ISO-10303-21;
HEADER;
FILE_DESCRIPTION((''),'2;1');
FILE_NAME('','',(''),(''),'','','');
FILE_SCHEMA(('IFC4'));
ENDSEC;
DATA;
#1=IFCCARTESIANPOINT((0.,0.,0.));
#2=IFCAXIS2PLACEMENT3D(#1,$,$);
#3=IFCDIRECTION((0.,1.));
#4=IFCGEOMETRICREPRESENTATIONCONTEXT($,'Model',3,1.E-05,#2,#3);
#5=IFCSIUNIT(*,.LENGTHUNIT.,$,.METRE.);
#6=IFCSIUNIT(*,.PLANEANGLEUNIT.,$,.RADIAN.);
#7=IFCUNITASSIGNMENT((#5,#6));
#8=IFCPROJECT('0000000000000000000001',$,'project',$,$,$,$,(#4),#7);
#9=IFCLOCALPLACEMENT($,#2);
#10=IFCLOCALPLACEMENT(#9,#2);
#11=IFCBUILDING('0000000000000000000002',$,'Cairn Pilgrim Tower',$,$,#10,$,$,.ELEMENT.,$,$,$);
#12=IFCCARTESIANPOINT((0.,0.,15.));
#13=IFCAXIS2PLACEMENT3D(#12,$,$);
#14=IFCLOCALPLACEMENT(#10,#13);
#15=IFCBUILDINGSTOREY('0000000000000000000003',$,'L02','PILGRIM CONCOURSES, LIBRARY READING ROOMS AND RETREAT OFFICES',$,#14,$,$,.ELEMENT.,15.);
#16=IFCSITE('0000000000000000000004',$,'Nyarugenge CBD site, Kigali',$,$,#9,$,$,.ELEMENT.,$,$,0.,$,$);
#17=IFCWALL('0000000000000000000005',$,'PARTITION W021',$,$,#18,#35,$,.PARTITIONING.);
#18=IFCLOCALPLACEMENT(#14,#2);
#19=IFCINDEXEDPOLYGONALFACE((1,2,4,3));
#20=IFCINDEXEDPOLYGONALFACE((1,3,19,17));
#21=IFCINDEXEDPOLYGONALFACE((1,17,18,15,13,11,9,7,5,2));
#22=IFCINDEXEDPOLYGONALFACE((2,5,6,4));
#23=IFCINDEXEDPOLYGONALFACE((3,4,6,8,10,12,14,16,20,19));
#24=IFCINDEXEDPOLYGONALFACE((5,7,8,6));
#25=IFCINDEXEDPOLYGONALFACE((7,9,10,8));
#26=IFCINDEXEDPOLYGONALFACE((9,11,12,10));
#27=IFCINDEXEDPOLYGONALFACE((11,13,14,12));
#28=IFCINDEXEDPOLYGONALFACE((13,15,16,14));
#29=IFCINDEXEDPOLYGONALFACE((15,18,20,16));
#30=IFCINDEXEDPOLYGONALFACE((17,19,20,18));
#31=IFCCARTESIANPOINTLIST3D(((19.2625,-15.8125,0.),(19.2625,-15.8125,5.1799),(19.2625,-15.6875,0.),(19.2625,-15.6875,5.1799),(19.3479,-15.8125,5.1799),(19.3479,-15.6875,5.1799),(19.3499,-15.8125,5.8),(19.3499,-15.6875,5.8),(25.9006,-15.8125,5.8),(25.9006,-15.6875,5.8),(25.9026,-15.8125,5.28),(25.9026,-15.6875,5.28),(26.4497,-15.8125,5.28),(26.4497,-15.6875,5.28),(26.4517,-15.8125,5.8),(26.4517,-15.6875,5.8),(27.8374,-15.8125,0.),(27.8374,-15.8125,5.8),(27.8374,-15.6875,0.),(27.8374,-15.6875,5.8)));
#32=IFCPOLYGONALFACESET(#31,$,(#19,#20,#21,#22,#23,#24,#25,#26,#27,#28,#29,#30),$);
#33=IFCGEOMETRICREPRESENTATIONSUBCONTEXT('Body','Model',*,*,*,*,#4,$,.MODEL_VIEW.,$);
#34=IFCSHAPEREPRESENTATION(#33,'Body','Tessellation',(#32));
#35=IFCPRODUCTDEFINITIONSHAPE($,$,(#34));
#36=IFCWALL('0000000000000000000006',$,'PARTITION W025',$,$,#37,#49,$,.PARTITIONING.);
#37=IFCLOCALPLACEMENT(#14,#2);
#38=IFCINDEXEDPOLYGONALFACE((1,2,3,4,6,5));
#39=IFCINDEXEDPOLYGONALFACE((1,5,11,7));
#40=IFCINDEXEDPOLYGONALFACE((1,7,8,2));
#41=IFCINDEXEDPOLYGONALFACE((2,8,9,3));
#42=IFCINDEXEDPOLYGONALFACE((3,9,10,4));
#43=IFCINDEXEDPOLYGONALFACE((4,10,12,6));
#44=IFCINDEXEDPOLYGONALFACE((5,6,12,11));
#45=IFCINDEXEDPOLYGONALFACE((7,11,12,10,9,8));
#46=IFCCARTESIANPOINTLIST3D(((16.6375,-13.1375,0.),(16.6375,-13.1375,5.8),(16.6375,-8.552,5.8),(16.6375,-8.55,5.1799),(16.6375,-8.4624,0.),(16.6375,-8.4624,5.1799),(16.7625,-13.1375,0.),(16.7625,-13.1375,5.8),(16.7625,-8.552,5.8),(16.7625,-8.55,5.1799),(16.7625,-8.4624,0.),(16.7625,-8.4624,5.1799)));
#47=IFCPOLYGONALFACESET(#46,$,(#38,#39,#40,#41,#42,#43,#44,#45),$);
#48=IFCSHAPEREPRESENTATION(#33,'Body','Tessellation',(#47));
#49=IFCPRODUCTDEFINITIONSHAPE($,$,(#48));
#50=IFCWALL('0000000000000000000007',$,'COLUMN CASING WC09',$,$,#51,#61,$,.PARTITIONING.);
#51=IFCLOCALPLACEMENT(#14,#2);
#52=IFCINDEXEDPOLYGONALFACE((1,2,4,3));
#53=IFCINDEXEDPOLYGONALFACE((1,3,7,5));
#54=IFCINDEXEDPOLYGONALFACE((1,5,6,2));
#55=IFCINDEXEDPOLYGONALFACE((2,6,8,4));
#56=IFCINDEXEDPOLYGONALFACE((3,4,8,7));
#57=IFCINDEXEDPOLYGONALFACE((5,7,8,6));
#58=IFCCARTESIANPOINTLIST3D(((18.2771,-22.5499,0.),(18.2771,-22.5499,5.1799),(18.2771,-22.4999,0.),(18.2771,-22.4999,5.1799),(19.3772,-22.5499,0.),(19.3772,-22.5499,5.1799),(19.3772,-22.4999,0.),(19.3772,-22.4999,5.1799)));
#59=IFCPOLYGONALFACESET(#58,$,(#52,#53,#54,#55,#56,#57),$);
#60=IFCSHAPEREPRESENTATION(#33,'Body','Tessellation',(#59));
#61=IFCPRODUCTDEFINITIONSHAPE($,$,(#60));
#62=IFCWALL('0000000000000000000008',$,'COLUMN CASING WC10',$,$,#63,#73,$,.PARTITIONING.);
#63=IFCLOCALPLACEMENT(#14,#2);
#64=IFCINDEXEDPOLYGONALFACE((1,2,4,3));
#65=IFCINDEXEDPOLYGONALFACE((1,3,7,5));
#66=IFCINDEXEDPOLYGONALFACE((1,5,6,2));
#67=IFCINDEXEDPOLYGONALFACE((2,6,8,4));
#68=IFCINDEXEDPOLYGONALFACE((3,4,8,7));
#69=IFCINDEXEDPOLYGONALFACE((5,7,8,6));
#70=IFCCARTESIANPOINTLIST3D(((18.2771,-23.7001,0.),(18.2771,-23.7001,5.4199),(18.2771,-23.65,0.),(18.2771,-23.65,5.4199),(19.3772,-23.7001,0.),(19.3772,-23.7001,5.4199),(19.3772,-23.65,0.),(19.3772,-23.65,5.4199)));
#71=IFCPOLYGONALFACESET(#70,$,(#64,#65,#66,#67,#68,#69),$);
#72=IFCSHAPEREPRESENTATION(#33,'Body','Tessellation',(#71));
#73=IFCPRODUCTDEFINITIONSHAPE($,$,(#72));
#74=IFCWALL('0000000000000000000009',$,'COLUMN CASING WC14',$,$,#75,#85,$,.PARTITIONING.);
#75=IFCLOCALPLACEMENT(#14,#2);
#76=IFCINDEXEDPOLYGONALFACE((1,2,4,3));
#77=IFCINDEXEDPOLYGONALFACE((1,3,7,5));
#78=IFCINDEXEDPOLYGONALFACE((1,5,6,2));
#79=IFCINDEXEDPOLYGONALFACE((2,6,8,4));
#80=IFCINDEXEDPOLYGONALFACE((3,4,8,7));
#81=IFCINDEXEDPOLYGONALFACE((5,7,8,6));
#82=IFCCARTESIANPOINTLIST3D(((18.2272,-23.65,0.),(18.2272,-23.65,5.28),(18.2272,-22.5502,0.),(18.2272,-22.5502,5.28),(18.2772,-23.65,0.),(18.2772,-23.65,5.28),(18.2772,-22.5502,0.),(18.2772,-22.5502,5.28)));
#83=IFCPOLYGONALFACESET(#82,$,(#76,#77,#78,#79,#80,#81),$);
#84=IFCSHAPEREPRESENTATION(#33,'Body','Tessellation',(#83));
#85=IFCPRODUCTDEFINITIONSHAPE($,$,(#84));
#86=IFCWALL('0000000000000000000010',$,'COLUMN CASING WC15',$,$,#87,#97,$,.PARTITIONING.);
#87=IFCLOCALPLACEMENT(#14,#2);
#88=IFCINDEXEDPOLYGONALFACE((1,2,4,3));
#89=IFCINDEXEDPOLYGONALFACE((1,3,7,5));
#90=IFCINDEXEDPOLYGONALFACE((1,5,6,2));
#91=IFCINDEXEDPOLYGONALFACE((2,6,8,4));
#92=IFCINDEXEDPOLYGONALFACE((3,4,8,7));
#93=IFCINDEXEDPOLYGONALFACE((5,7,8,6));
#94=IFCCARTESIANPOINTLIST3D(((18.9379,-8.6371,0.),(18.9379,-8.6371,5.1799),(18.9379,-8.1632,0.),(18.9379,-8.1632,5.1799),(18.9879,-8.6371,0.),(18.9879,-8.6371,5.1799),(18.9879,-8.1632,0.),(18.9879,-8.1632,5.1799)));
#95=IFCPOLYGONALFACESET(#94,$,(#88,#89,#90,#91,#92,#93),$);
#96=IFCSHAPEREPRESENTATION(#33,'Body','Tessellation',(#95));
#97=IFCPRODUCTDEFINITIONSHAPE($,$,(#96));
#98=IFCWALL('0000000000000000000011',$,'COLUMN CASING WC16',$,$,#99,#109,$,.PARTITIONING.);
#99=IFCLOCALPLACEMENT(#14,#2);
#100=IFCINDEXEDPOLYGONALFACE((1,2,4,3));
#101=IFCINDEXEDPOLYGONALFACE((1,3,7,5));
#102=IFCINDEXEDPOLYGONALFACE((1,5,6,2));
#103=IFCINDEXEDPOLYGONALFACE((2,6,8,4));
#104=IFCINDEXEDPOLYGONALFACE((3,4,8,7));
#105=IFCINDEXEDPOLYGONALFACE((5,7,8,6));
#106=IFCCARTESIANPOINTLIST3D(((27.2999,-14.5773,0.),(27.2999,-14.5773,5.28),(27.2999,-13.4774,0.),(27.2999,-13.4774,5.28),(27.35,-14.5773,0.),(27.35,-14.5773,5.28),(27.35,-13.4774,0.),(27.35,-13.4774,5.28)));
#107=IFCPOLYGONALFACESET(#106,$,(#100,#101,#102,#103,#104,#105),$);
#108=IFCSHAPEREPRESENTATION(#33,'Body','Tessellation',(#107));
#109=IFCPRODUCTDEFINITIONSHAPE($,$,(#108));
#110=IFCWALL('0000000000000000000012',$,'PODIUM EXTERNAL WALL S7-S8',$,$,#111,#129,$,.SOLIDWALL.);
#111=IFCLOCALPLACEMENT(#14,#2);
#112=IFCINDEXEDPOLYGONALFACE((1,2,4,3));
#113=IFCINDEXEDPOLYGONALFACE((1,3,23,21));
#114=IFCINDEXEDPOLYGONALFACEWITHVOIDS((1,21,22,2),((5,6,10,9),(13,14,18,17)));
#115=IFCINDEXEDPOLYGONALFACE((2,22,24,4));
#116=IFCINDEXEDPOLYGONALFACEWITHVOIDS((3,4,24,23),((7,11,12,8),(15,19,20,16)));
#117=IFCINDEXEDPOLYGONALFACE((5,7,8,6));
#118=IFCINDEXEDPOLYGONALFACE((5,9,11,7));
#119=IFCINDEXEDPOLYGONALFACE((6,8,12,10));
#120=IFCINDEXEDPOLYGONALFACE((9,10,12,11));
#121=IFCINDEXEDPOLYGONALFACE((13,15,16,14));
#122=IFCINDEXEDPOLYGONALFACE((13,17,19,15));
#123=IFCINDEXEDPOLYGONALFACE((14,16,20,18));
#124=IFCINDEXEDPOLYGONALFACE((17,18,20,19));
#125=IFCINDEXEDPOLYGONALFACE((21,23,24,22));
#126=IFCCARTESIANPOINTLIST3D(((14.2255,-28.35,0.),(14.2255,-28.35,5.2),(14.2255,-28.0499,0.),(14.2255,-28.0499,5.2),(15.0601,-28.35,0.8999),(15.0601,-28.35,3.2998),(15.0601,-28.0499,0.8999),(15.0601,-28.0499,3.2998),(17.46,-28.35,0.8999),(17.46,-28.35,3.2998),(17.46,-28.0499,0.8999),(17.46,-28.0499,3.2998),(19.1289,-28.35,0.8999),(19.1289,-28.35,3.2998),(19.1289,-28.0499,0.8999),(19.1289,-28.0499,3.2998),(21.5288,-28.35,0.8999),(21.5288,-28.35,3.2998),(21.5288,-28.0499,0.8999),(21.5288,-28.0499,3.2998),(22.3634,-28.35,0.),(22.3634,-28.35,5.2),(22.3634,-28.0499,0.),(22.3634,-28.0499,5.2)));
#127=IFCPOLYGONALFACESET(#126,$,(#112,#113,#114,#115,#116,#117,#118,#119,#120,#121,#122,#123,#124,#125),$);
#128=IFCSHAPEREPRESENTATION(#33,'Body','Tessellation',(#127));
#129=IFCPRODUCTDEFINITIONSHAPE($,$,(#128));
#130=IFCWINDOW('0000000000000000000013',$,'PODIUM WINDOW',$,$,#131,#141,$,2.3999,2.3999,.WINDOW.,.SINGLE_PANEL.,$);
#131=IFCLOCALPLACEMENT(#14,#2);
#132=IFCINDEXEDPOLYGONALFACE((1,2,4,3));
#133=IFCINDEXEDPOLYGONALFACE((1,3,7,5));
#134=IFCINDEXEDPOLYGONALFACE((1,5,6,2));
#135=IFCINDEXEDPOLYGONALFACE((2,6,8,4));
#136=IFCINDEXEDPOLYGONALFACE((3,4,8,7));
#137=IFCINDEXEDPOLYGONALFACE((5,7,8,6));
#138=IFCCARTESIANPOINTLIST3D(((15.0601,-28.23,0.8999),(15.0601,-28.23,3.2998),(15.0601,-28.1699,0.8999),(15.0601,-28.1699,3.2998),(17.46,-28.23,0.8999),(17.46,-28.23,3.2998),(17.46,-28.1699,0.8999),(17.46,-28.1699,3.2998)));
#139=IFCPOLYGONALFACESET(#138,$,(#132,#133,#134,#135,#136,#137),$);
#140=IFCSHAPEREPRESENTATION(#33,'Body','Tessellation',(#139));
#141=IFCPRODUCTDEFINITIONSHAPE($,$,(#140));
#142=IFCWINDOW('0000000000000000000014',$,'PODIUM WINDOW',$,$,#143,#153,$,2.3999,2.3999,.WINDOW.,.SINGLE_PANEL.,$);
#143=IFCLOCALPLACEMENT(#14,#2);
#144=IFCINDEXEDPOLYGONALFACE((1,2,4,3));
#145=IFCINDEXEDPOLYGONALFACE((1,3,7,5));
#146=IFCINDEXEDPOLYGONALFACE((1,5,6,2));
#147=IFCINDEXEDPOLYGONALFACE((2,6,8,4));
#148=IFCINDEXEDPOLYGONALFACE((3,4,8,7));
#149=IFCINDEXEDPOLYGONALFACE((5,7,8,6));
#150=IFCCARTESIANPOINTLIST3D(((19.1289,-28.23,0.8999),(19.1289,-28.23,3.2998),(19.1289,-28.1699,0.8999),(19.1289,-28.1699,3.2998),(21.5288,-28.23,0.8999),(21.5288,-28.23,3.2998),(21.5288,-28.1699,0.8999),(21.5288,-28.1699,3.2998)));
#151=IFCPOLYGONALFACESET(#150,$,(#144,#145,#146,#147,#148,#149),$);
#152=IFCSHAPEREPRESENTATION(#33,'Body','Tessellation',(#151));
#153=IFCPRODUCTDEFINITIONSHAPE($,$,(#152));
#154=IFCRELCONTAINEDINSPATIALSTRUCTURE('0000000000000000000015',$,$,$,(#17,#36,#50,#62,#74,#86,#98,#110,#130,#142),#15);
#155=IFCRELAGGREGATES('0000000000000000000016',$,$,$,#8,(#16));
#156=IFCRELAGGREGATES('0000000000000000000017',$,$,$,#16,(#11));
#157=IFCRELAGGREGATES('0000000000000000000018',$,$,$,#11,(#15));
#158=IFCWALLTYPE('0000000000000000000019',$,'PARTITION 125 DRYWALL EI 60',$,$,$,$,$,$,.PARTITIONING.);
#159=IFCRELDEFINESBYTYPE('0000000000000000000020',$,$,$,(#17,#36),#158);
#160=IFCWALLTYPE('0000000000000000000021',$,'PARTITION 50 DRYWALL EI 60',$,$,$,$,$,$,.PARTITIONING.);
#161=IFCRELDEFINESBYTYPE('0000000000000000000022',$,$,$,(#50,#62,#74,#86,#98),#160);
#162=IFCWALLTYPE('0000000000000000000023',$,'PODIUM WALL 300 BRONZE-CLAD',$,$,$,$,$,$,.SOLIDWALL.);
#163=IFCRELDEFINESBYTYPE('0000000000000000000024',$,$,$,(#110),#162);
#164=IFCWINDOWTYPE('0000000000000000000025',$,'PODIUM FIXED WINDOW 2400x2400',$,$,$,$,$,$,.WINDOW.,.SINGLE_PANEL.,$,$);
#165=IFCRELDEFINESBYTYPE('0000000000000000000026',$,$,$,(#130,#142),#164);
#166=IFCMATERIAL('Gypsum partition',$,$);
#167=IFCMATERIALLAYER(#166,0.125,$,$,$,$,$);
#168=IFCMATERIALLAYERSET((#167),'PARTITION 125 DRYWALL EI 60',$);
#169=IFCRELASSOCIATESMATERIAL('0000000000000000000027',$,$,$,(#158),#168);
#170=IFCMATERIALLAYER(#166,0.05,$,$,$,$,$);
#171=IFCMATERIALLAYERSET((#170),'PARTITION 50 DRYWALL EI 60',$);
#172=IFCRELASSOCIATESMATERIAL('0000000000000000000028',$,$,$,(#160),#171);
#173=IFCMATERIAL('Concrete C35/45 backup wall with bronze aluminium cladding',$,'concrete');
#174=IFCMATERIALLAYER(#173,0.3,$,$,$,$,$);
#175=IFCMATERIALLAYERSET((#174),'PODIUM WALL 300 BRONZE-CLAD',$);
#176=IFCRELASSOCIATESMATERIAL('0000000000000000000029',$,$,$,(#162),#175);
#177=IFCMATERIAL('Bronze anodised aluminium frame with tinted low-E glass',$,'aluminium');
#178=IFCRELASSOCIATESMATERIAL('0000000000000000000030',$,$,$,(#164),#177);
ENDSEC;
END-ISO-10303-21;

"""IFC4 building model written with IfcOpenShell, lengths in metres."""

from ifc_helpers import new_model, si_unit, direction, frame, frame_2d, origin, place, context, subcontext, project, spatial, polyline, rectangle, outline, extrude, material, layer, layer_set, type_object, element, fill, save


model = new_model("IFC4")

# Units and contexts
model_context = context("Model", 3, precision=1e-05, world=origin(), true_north=direction((0.0, 1.0)))
body_context = subcontext(model_context, "Body", "Model", "MODEL_VIEW")
ifc_project = project(units=[si_unit("LENGTHUNIT", "METRE"), si_unit("PLANEANGLEUNIT", "RADIAN")], contexts=[model_context])

# Site, building, storey
site_placement = place(None, origin())
site = spatial("IfcSite", under=ifc_project, at=site_placement, Name="Nyarugenge CBD site, Kigali", CompositionType="ELEMENT", RefElevation=0.0)
building_placement = place(site_placement, origin())
building = spatial("IfcBuilding", under=site, at=building_placement, Name="Cairn Pilgrim Tower", CompositionType="ELEMENT")
storey_placement = place(building_placement, frame((0.0, 0.0, 15.0)))
storey = spatial("IfcBuildingStorey", under=building, at=storey_placement, Name="L02", Description="PILGRIM CONCOURSES, LIBRARY READING ROOMS AND RETREAT OFFICES", CompositionType="ELEMENT", Elevation=15.0)

# Walls
ifc_material_1 = material(Name="Gypsum partition")
ifc_layer_1 = layer(ifc_material_1, 0.125)
ifc_layer_set_1 = layer_set([ifc_layer_1], Name="PARTITION 125 DRYWALL EI 60")
wall_type_1 = type_object("IfcWallType", Name="PARTITION 125 DRYWALL EI 60", PredefinedType="PARTITIONING", material=ifc_layer_set_1)
wall_1_placement = place(storey_placement, frame((19.2625, -15.75, 0.0), z_axis=(0.0, 0.0, 1.0), x_axis=(1.0, 0.0, 0.0)))
element("IfcWall", 1, at=wall_1_placement, inside=storey, type_object=wall_type_1, Name="PARTITION W021", PredefinedType="PARTITIONING", context=body_context, shape_type="SweptSolid", body=[
    extrude(outline(polyline([(0.0, 0.0), (8.575, 0.0), (8.575, 5.8), (7.1892, 5.8), (7.1873, 5.28), (6.6401, 5.28), (6.6382, 5.8), (0.0874, 5.8), (0.0854, 5.1799), (0.0, 5.1799), (0.0, 0.0)])), frame((0.0, 0.0625, 0.0), z_axis=(0.0, -1.0, 0.0), x_axis=(1.0, 0.0, 0.0)), (0.0, 0.0, 1.0), 0.125),
])
wall_2_placement = place(storey_placement, frame((16.7, -13.1375, 0.0), z_axis=(0.0, 0.0, 1.0), x_axis=(0.0, 1.0, 0.0)))
element("IfcWall", 2, at=wall_2_placement, inside=storey, type_object=wall_type_1, Name="PARTITION W025", PredefinedType="PARTITIONING", context=body_context, shape_type="SweptSolid", body=[
    extrude(outline(polyline([(0.0, 0.0), (4.675, 0.0), (4.675, 5.1799), (4.5874, 5.1799), (4.5854, 5.8), (0.0, 5.8), (0.0, 0.0)])), frame((0.0, 0.0625, 0.0), z_axis=(0.0, -1.0, 0.0), x_axis=(1.0, 0.0, 0.0)), (0.0, 0.0, 1.0), 0.125),
])
ifc_layer_2 = layer(ifc_material_1, 0.05)
ifc_layer_set_2 = layer_set([ifc_layer_2], Name="PARTITION 50 DRYWALL EI 60")
wall_type_2 = type_object("IfcWallType", Name="PARTITION 50 DRYWALL EI 60", PredefinedType="PARTITIONING", material=ifc_layer_set_2)
wall_3_placement = place(storey_placement, frame((18.2771, -22.5249, 0.0), z_axis=(0.0, 0.0, 1.0), x_axis=(1.0, 0.0, 0.0)))
element("IfcWall", 3, at=wall_3_placement, inside=storey, type_object=wall_type_2, Name="COLUMN CASING WC09", PredefinedType="PARTITIONING", context=body_context, shape_type="SweptSolid", body=[
    extrude(rectangle(XDim=1.1001, YDim=0.05, at=frame_2d((0.55, 0.0))), origin(), (0.0, 0.0, 1.0), 5.1799),
])
wall_4_placement = place(storey_placement, frame((18.2771, -23.675, 0.0), z_axis=(0.0, 0.0, 1.0), x_axis=(1.0, 0.0, 0.0)))
element("IfcWall", 4, at=wall_4_placement, inside=storey, type_object=wall_type_2, Name="COLUMN CASING WC10", PredefinedType="PARTITIONING", context=body_context, shape_type="SweptSolid", body=[
    extrude(rectangle(XDim=1.1001, YDim=0.05, at=frame_2d((0.55, 0.0))), origin(), (0.0, 0.0, 1.0), 5.4199),
])
wall_5_placement = place(storey_placement, frame((18.2522, -23.6499, 0.0), z_axis=(0.0, 0.0, 1.0), x_axis=(0.0, 1.0, 0.0)))
element("IfcWall", 5, at=wall_5_placement, inside=storey, type_object=wall_type_2, Name="COLUMN CASING WC14", PredefinedType="PARTITIONING", context=body_context, shape_type="SweptSolid", body=[
    extrude(rectangle(XDim=1.0999, YDim=0.05, at=frame_2d((0.5498, 0.0))), origin(), (0.0, 0.0, 1.0), 5.28),
])
wall_6_placement = place(storey_placement, frame((18.9629, -8.637, 0.0), z_axis=(0.0, 0.0, 1.0), x_axis=(0.0, 1.0, 0.0)))
element("IfcWall", 6, at=wall_6_placement, inside=storey, type_object=wall_type_2, Name="COLUMN CASING WC15", PredefinedType="PARTITIONING", context=body_context, shape_type="SweptSolid", body=[
    extrude(rectangle(XDim=0.4739, YDim=0.05, at=frame_2d((0.2368, 0.0))), origin(), (0.0, 0.0, 1.0), 5.1799),
])
wall_7_placement = place(storey_placement, frame((27.325, -14.5771, 0.0), z_axis=(0.0, 0.0, 1.0), x_axis=(0.0, 1.0, 0.0)))
element("IfcWall", 7, at=wall_7_placement, inside=storey, type_object=wall_type_2, Name="COLUMN CASING WC16", PredefinedType="PARTITIONING", context=body_context, shape_type="SweptSolid", body=[
    extrude(rectangle(XDim=1.0999, YDim=0.05, at=frame_2d((0.5498, 0.0))), origin(), (0.0, 0.0, 1.0), 5.28),
])

# Wall, openings, windows
ifc_material_2 = material(Name="Concrete C35/45 backup wall with bronze aluminium cladding", Category="concrete")
ifc_layer_3 = layer(ifc_material_2, 0.3)
ifc_layer_set_3 = layer_set([ifc_layer_3], Name="PODIUM WALL 300 BRONZE-CLAD")
wall_type_3 = type_object("IfcWallType", Name="PODIUM WALL 300 BRONZE-CLAD", PredefinedType="SOLIDWALL", material=ifc_layer_set_3)
wall_8_placement = place(storey_placement, frame((14.2256, -28.2, 0.0), z_axis=(0.0, 0.0, 1.0), x_axis=(1.0, 0.0, 0.0)))
wall_8 = element("IfcWall", 8, at=wall_8_placement, inside=storey, type_object=wall_type_3, Name="PODIUM EXTERNAL WALL S7-S8", PredefinedType="SOLIDWALL", context=body_context, shape_type="SweptSolid", body=[
    extrude(rectangle(XDim=8.1379, YDim=0.3, at=frame_2d((4.0688, 0.0))), origin(), (0.0, 0.0, 1.0), 5.2),
])
opening_1_placement = place(wall_8_placement, frame((0.8345, 0.0, 0.8999)))
opening_1 = element("IfcOpeningElement", 9, at=opening_1_placement, cuts=wall_8, PredefinedType="OPENING", context=body_context, shape_type="SweptSolid", body=[
    extrude(rectangle(XDim=2.3999, YDim=2.3999, at=frame_2d((1.2, 1.2))), frame((0.0, 0.1602, 0.0), z_axis=(0.0, -1.0, 0.0), x_axis=(1.0, 0.0, 0.0)), (0.0, 0.0, 1.0), 0.3201),
])
opening_2_placement = place(wall_8_placement, frame((4.9033, 0.0, 0.8999)))
opening_2 = element("IfcOpeningElement", 10, at=opening_2_placement, cuts=wall_8, PredefinedType="OPENING", context=body_context, shape_type="SweptSolid", body=[
    extrude(rectangle(XDim=2.3999, YDim=2.3999, at=frame_2d((1.2, 1.2))), frame((0.0, 0.1602, 0.0), z_axis=(0.0, -1.0, 0.0), x_axis=(1.0, 0.0, 0.0)), (0.0, 0.0, 1.0), 0.3201),
])
ifc_material_3 = material(Name="Bronze anodised aluminium frame with tinted low-E glass", Category="aluminium")
window_type = type_object("IfcWindowType", Name="PODIUM FIXED WINDOW 2400x2400", PartitioningType="SINGLE_PANEL", PredefinedType="WINDOW", material=ifc_material_3)
window_1_placement = place(opening_1_placement, origin())
window_1 = element("IfcWindow", 11, at=window_1_placement, inside=storey, type_object=window_type, Name="PODIUM WINDOW", OverallHeight=2.3999, OverallWidth=2.3999, PartitioningType="SINGLE_PANEL", PredefinedType="WINDOW", context=body_context, shape_type="SweptSolid", body=[
    extrude(rectangle(XDim=2.3999, YDim=2.3999, at=frame_2d((1.2, 1.2))), frame((0.0, 0.03, 0.0), z_axis=(0.0, -1.0, 0.0), x_axis=(1.0, 0.0, 0.0)), (0.0, 0.0, 1.0), 0.0601),
])
fill(opening_1, window_1)
window_2_placement = place(opening_2_placement, origin())
window_2 = element("IfcWindow", 12, at=window_2_placement, inside=storey, type_object=window_type, Name="PODIUM WINDOW", OverallHeight=2.3999, OverallWidth=2.3999, PartitioningType="SINGLE_PANEL", PredefinedType="WINDOW", context=body_context, shape_type="SweptSolid", body=[
    extrude(rectangle(XDim=2.3999, YDim=2.3999, at=frame_2d((1.2, 1.2))), frame((0.0, 0.03, 0.0), z_axis=(0.0, -1.0, 0.0), x_axis=(1.0, 0.0, 0.0)), (0.0, 0.0, 1.0), 0.0601),
])
fill(opening_2, window_2)

save(model, "model.ifc")
